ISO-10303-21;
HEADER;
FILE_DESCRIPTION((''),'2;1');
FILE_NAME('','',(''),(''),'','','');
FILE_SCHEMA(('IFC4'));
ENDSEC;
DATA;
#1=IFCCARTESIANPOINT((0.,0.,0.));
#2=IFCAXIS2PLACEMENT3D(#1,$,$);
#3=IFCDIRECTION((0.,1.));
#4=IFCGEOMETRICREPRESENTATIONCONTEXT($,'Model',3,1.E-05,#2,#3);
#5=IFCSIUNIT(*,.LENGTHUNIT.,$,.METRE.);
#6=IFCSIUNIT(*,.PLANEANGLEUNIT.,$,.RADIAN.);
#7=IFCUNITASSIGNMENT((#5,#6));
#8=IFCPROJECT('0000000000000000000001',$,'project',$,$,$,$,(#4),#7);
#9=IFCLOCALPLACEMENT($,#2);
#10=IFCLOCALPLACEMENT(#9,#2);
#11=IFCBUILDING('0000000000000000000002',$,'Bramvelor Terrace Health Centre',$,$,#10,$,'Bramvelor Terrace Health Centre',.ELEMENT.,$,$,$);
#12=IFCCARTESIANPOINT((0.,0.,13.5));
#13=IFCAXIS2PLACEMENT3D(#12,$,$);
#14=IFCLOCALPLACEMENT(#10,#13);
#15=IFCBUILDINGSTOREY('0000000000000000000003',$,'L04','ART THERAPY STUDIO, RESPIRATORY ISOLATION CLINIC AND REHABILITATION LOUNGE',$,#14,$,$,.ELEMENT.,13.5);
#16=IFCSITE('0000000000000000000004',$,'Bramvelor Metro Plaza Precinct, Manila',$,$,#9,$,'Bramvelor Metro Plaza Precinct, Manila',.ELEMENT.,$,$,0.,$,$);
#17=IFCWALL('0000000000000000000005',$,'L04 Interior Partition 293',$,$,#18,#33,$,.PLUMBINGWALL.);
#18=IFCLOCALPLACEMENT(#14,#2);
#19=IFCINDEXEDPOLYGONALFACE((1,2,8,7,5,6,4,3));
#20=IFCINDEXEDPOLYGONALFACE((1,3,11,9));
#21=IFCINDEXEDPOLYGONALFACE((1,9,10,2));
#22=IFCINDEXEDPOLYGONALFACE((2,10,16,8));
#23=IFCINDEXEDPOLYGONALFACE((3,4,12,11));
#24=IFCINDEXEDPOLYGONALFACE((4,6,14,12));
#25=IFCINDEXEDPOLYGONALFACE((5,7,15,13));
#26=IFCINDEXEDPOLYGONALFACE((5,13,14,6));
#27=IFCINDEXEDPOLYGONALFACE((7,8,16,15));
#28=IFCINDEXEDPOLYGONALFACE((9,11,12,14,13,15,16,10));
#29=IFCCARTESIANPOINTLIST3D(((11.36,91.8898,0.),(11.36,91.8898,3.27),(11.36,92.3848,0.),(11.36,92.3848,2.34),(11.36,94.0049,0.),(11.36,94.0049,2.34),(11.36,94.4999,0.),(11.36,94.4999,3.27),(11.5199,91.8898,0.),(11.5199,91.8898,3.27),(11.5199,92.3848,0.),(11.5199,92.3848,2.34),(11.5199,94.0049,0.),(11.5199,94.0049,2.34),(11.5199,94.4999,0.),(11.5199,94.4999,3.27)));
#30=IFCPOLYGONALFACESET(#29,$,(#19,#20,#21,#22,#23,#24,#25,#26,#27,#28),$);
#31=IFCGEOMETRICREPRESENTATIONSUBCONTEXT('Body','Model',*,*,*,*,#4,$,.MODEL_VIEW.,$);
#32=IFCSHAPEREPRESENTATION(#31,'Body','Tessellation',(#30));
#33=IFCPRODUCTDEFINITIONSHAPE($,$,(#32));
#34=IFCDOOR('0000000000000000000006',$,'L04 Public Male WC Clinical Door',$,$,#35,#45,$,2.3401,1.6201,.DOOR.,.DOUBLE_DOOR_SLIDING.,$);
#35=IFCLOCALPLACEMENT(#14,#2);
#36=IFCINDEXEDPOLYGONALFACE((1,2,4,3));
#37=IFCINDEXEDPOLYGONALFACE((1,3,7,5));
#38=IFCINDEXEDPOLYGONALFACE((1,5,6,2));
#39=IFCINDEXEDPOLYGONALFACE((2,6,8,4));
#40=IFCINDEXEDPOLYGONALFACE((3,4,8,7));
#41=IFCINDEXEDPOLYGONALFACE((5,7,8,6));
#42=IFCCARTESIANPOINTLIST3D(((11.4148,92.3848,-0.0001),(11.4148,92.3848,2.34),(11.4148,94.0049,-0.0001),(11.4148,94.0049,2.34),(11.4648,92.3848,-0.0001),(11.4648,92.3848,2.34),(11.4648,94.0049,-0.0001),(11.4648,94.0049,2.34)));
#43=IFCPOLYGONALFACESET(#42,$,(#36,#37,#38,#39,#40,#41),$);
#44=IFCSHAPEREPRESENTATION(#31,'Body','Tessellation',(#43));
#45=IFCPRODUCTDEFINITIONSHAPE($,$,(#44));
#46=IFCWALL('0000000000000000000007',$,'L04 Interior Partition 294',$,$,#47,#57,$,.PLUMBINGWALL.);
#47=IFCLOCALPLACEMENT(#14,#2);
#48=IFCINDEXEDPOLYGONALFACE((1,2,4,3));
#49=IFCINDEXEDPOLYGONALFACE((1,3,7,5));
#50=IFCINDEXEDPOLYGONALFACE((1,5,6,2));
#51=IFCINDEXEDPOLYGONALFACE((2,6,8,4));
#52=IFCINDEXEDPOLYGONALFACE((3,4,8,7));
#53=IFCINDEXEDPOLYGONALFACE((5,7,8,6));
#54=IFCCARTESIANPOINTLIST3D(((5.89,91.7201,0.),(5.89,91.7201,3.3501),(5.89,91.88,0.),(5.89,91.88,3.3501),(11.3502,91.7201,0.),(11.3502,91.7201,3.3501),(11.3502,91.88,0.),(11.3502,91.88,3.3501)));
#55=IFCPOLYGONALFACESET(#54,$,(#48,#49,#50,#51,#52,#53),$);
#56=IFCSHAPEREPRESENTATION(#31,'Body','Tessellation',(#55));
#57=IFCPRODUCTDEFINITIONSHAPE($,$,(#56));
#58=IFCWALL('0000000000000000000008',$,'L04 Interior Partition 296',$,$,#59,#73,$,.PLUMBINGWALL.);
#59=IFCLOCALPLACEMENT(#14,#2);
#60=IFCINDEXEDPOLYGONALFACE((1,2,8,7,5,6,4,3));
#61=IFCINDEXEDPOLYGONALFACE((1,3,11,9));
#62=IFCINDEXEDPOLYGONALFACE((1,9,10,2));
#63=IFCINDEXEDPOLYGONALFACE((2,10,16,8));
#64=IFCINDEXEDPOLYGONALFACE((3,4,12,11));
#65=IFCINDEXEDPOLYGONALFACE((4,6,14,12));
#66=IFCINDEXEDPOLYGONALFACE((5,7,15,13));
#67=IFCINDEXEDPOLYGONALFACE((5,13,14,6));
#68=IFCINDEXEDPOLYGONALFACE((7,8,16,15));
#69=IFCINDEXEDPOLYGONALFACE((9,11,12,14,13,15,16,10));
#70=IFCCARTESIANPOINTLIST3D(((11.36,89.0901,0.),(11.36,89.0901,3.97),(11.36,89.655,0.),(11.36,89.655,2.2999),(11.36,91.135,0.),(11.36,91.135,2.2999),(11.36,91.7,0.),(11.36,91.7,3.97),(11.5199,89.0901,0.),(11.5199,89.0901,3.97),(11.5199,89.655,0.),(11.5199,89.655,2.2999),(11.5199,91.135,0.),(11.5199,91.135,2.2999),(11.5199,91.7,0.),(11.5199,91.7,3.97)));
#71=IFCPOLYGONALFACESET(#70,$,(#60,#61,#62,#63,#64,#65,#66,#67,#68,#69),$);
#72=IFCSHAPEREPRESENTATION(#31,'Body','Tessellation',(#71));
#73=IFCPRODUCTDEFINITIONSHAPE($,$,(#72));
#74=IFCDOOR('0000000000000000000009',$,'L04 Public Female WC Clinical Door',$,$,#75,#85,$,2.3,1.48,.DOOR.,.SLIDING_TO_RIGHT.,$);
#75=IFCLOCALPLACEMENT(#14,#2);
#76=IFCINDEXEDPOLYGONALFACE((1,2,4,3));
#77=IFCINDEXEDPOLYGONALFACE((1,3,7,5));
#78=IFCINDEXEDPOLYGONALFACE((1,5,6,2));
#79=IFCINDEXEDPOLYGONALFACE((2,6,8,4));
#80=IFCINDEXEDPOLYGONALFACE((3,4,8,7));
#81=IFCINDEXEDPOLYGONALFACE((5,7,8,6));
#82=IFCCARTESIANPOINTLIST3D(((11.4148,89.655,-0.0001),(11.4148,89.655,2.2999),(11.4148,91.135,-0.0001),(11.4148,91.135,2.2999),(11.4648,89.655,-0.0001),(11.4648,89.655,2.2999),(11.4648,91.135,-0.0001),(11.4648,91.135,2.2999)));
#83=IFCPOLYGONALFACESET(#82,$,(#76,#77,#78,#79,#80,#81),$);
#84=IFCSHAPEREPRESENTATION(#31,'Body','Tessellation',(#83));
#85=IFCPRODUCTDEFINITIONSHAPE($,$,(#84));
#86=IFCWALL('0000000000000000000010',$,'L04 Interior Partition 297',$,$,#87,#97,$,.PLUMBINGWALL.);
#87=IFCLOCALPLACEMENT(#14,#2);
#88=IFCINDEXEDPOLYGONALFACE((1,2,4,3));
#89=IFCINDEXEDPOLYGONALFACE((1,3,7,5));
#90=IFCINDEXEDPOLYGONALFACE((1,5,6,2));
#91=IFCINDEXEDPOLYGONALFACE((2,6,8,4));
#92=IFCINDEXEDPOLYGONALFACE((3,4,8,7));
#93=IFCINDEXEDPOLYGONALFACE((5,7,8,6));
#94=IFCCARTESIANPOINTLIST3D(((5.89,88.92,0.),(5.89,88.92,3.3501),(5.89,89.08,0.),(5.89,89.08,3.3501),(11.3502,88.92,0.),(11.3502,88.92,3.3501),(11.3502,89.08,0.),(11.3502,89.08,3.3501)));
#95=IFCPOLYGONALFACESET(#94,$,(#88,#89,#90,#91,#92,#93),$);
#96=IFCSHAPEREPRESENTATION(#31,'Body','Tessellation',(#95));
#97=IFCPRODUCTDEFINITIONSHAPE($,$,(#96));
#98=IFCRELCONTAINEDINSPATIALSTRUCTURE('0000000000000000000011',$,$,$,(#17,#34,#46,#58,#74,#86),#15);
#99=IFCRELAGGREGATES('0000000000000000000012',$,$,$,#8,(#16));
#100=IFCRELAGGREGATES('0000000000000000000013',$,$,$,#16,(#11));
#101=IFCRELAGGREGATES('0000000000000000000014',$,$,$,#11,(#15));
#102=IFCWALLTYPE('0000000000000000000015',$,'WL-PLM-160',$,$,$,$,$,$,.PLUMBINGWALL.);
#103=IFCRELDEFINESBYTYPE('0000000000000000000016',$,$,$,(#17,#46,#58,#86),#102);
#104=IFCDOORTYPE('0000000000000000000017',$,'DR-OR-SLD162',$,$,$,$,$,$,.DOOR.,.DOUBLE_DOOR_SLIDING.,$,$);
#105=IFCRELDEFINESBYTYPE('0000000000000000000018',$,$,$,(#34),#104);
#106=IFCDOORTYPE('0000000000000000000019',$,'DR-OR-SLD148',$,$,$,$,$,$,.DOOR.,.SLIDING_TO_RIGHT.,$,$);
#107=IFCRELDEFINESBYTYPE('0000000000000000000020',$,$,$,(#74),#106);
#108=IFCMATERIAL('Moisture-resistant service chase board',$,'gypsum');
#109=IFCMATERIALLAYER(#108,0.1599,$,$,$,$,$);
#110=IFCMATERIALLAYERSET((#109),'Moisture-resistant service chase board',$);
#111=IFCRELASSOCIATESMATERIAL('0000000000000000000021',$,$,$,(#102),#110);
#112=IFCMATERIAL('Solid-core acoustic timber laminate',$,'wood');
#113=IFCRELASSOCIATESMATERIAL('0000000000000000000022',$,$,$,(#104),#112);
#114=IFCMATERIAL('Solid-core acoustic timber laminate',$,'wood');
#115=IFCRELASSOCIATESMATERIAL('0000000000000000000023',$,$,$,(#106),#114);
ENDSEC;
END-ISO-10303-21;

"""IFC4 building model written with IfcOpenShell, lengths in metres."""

from ifc_helpers import new_model, si_unit, direction, frame, frame_2d, origin, place, context, subcontext, project, spatial, rectangle, extrude, material, layer, layer_set, type_object, element, fill, save


model = new_model("IFC4")

# Units and contexts
model_context = context("Model", 3, precision=1e-05, world=origin(), true_north=direction((0.0, 1.0)))
body_context = subcontext(model_context, "Body", "Model", "MODEL_VIEW")
ifc_project = project(units=[si_unit("LENGTHUNIT", "METRE"), si_unit("PLANEANGLEUNIT", "RADIAN")], contexts=[model_context])

# Site, building, storey
site_placement = place(None, origin())
site = spatial("IfcSite", under=ifc_project, at=site_placement, Name="Bramvelor Metro Plaza Precinct, Manila", LongName="Bramvelor Metro Plaza Precinct, Manila", CompositionType="ELEMENT", RefElevation=0.0)
building_placement = place(site_placement, origin())
building = spatial("IfcBuilding", under=site, at=building_placement, Name="Bramvelor Terrace Health Centre", LongName="Bramvelor Terrace Health Centre", CompositionType="ELEMENT")
storey_placement = place(building_placement, frame((0.0, 0.0, 13.5)))
storey = spatial("IfcBuildingStorey", under=building, at=storey_placement, Name="L04", Description="ART THERAPY STUDIO, RESPIRATORY ISOLATION CLINIC AND REHABILITATION LOUNGE", CompositionType="ELEMENT", Elevation=13.5)

# Shared definitions
ifc_material_1 = material(Name="Moisture-resistant service chase board", Category="gypsum")
ifc_layer_1 = layer(ifc_material_1, 0.1599)
ifc_layer_set_1 = layer_set([ifc_layer_1], Name="Moisture-resistant service chase board")
wall_type_1 = type_object("IfcWallType", Name="WL-PLM-160", PredefinedType="PLUMBINGWALL", material=ifc_layer_set_1)

# Wall, opening, door
wall_1_placement = place(storey_placement, frame((11.4399, 94.5, 0.0), z_axis=(0.0, 0.0, 1.0), x_axis=(0.0, -1.0, 0.0)))
wall_1 = element("IfcWall", 1, at=wall_1_placement, inside=storey, type_object=wall_type_1, Name="L04 Interior Partition 293", PredefinedType="PLUMBINGWALL", context=body_context, shape_type="SweptSolid", body=[
    extrude(rectangle(XDim=2.6101, YDim=0.1599, at=frame_2d((1.3052, 0.0))), origin(), (0.0, 0.0, 1.0), 3.27),
])
opening_1_placement = place(wall_1_placement, frame((0.4951, 0.0, 0.0)))
opening_1 = element("IfcOpeningElement", 2, at=opening_1_placement, cuts=wall_1, PredefinedType="OPENING", context=body_context, shape_type="SweptSolid", body=[
    extrude(rectangle(XDim=1.6201, YDim=2.3401, at=frame_2d((0.8101, 1.1699))), frame((0.0, 0.0898, 0.0), z_axis=(0.0, -1.0, 0.0), x_axis=(1.0, 0.0, 0.0)), (0.0, 0.0, 1.0), 0.1799),
])
ifc_material_2 = material(Name="Solid-core acoustic timber laminate", Category="wood")
door_type_1 = type_object("IfcDoorType", Name="DR-OR-SLD162", OperationType="DOUBLE_DOOR_SLIDING", PredefinedType="DOOR", material=ifc_material_2)
door_1_placement = place(opening_1_placement, origin())
door_1 = element("IfcDoor", 3, at=door_1_placement, inside=storey, type_object=door_type_1, Name="L04 Public Male WC Clinical Door", OperationType="DOUBLE_DOOR_SLIDING", OverallHeight=2.3401, OverallWidth=1.6201, PredefinedType="DOOR", context=body_context, shape_type="SweptSolid", body=[
    extrude(rectangle(XDim=1.6201, YDim=2.3401, at=frame_2d((0.8101, 1.1699))), frame((0.0, 0.0249, 0.0), z_axis=(0.0, -1.0, 0.0), x_axis=(1.0, 0.0, 0.0)), (0.0, 0.0, 1.0), 0.05),
])
fill(opening_1, door_1)

# Wall
wall_2_placement = place(storey_placement, frame((11.3501, 91.8, 0.0), z_axis=(0.0, 0.0, 1.0), x_axis=(-1.0, 0.0, 0.0)))
element("IfcWall", 4, at=wall_2_placement, inside=storey, type_object=wall_type_1, Name="L04 Interior Partition 294", PredefinedType="PLUMBINGWALL", context=body_context, shape_type="SweptSolid", body=[
    extrude(rectangle(XDim=5.4602, YDim=0.1599, at=frame_2d((2.73, 0.0))), origin(), (0.0, 0.0, 1.0), 3.3501),
])

# Wall, opening, door
wall_3_placement = place(storey_placement, frame((11.4399, 91.7, 0.0), z_axis=(0.0, 0.0, 1.0), x_axis=(0.0, -1.0, 0.0)))
wall_3 = element("IfcWall", 5, at=wall_3_placement, inside=storey, type_object=wall_type_1, Name="L04 Interior Partition 296", PredefinedType="PLUMBINGWALL", context=body_context, shape_type="SweptSolid", body=[
    extrude(rectangle(XDim=2.6099, YDim=0.1599, at=frame_2d((1.3049, 0.0))), origin(), (0.0, 0.0, 1.0), 3.97),
])
opening_2_placement = place(wall_3_placement, frame((0.5649, 0.0, 0.0)))
opening_2 = element("IfcOpeningElement", 6, at=opening_2_placement, cuts=wall_3, PredefinedType="OPENING", context=body_context, shape_type="SweptSolid", body=[
    extrude(rectangle(XDim=1.48, YDim=2.3, at=frame_2d((0.74, 1.1499))), frame((0.0, 0.0898, 0.0), z_axis=(0.0, -1.0, 0.0), x_axis=(1.0, 0.0, 0.0)), (0.0, 0.0, 1.0), 0.1799),
])
ifc_material_3 = material(Name="Solid-core acoustic timber laminate", Category="wood")
door_type_2 = type_object("IfcDoorType", Name="DR-OR-SLD148", OperationType="SLIDING_TO_RIGHT", PredefinedType="DOOR", material=ifc_material_3)
door_2_placement = place(opening_2_placement, origin())
door_2 = element("IfcDoor", 7, at=door_2_placement, inside=storey, type_object=door_type_2, Name="L04 Public Female WC Clinical Door", OperationType="SLIDING_TO_RIGHT", OverallHeight=2.3, OverallWidth=1.48, PredefinedType="DOOR", context=body_context, shape_type="SweptSolid", body=[
    extrude(rectangle(XDim=1.48, YDim=2.3, at=frame_2d((0.74, 1.1499))), frame((0.0, 0.0249, 0.0), z_axis=(0.0, -1.0, 0.0), x_axis=(1.0, 0.0, 0.0)), (0.0, 0.0, 1.0), 0.05),
])
fill(opening_2, door_2)

# Wall
wall_4_placement = place(storey_placement, frame((11.3501, 89.0, 0.0), z_axis=(0.0, 0.0, 1.0), x_axis=(-1.0, 0.0, 0.0)))
element("IfcWall", 8, at=wall_4_placement, inside=storey, type_object=wall_type_1, Name="L04 Interior Partition 297", PredefinedType="PLUMBINGWALL", context=body_context, shape_type="SweptSolid", body=[
    extrude(rectangle(XDim=5.4602, YDim=0.1599, at=frame_2d((2.73, 0.0))), origin(), (0.0, 0.0, 1.0), 3.3501),
])

save(model, "model.ifc")
